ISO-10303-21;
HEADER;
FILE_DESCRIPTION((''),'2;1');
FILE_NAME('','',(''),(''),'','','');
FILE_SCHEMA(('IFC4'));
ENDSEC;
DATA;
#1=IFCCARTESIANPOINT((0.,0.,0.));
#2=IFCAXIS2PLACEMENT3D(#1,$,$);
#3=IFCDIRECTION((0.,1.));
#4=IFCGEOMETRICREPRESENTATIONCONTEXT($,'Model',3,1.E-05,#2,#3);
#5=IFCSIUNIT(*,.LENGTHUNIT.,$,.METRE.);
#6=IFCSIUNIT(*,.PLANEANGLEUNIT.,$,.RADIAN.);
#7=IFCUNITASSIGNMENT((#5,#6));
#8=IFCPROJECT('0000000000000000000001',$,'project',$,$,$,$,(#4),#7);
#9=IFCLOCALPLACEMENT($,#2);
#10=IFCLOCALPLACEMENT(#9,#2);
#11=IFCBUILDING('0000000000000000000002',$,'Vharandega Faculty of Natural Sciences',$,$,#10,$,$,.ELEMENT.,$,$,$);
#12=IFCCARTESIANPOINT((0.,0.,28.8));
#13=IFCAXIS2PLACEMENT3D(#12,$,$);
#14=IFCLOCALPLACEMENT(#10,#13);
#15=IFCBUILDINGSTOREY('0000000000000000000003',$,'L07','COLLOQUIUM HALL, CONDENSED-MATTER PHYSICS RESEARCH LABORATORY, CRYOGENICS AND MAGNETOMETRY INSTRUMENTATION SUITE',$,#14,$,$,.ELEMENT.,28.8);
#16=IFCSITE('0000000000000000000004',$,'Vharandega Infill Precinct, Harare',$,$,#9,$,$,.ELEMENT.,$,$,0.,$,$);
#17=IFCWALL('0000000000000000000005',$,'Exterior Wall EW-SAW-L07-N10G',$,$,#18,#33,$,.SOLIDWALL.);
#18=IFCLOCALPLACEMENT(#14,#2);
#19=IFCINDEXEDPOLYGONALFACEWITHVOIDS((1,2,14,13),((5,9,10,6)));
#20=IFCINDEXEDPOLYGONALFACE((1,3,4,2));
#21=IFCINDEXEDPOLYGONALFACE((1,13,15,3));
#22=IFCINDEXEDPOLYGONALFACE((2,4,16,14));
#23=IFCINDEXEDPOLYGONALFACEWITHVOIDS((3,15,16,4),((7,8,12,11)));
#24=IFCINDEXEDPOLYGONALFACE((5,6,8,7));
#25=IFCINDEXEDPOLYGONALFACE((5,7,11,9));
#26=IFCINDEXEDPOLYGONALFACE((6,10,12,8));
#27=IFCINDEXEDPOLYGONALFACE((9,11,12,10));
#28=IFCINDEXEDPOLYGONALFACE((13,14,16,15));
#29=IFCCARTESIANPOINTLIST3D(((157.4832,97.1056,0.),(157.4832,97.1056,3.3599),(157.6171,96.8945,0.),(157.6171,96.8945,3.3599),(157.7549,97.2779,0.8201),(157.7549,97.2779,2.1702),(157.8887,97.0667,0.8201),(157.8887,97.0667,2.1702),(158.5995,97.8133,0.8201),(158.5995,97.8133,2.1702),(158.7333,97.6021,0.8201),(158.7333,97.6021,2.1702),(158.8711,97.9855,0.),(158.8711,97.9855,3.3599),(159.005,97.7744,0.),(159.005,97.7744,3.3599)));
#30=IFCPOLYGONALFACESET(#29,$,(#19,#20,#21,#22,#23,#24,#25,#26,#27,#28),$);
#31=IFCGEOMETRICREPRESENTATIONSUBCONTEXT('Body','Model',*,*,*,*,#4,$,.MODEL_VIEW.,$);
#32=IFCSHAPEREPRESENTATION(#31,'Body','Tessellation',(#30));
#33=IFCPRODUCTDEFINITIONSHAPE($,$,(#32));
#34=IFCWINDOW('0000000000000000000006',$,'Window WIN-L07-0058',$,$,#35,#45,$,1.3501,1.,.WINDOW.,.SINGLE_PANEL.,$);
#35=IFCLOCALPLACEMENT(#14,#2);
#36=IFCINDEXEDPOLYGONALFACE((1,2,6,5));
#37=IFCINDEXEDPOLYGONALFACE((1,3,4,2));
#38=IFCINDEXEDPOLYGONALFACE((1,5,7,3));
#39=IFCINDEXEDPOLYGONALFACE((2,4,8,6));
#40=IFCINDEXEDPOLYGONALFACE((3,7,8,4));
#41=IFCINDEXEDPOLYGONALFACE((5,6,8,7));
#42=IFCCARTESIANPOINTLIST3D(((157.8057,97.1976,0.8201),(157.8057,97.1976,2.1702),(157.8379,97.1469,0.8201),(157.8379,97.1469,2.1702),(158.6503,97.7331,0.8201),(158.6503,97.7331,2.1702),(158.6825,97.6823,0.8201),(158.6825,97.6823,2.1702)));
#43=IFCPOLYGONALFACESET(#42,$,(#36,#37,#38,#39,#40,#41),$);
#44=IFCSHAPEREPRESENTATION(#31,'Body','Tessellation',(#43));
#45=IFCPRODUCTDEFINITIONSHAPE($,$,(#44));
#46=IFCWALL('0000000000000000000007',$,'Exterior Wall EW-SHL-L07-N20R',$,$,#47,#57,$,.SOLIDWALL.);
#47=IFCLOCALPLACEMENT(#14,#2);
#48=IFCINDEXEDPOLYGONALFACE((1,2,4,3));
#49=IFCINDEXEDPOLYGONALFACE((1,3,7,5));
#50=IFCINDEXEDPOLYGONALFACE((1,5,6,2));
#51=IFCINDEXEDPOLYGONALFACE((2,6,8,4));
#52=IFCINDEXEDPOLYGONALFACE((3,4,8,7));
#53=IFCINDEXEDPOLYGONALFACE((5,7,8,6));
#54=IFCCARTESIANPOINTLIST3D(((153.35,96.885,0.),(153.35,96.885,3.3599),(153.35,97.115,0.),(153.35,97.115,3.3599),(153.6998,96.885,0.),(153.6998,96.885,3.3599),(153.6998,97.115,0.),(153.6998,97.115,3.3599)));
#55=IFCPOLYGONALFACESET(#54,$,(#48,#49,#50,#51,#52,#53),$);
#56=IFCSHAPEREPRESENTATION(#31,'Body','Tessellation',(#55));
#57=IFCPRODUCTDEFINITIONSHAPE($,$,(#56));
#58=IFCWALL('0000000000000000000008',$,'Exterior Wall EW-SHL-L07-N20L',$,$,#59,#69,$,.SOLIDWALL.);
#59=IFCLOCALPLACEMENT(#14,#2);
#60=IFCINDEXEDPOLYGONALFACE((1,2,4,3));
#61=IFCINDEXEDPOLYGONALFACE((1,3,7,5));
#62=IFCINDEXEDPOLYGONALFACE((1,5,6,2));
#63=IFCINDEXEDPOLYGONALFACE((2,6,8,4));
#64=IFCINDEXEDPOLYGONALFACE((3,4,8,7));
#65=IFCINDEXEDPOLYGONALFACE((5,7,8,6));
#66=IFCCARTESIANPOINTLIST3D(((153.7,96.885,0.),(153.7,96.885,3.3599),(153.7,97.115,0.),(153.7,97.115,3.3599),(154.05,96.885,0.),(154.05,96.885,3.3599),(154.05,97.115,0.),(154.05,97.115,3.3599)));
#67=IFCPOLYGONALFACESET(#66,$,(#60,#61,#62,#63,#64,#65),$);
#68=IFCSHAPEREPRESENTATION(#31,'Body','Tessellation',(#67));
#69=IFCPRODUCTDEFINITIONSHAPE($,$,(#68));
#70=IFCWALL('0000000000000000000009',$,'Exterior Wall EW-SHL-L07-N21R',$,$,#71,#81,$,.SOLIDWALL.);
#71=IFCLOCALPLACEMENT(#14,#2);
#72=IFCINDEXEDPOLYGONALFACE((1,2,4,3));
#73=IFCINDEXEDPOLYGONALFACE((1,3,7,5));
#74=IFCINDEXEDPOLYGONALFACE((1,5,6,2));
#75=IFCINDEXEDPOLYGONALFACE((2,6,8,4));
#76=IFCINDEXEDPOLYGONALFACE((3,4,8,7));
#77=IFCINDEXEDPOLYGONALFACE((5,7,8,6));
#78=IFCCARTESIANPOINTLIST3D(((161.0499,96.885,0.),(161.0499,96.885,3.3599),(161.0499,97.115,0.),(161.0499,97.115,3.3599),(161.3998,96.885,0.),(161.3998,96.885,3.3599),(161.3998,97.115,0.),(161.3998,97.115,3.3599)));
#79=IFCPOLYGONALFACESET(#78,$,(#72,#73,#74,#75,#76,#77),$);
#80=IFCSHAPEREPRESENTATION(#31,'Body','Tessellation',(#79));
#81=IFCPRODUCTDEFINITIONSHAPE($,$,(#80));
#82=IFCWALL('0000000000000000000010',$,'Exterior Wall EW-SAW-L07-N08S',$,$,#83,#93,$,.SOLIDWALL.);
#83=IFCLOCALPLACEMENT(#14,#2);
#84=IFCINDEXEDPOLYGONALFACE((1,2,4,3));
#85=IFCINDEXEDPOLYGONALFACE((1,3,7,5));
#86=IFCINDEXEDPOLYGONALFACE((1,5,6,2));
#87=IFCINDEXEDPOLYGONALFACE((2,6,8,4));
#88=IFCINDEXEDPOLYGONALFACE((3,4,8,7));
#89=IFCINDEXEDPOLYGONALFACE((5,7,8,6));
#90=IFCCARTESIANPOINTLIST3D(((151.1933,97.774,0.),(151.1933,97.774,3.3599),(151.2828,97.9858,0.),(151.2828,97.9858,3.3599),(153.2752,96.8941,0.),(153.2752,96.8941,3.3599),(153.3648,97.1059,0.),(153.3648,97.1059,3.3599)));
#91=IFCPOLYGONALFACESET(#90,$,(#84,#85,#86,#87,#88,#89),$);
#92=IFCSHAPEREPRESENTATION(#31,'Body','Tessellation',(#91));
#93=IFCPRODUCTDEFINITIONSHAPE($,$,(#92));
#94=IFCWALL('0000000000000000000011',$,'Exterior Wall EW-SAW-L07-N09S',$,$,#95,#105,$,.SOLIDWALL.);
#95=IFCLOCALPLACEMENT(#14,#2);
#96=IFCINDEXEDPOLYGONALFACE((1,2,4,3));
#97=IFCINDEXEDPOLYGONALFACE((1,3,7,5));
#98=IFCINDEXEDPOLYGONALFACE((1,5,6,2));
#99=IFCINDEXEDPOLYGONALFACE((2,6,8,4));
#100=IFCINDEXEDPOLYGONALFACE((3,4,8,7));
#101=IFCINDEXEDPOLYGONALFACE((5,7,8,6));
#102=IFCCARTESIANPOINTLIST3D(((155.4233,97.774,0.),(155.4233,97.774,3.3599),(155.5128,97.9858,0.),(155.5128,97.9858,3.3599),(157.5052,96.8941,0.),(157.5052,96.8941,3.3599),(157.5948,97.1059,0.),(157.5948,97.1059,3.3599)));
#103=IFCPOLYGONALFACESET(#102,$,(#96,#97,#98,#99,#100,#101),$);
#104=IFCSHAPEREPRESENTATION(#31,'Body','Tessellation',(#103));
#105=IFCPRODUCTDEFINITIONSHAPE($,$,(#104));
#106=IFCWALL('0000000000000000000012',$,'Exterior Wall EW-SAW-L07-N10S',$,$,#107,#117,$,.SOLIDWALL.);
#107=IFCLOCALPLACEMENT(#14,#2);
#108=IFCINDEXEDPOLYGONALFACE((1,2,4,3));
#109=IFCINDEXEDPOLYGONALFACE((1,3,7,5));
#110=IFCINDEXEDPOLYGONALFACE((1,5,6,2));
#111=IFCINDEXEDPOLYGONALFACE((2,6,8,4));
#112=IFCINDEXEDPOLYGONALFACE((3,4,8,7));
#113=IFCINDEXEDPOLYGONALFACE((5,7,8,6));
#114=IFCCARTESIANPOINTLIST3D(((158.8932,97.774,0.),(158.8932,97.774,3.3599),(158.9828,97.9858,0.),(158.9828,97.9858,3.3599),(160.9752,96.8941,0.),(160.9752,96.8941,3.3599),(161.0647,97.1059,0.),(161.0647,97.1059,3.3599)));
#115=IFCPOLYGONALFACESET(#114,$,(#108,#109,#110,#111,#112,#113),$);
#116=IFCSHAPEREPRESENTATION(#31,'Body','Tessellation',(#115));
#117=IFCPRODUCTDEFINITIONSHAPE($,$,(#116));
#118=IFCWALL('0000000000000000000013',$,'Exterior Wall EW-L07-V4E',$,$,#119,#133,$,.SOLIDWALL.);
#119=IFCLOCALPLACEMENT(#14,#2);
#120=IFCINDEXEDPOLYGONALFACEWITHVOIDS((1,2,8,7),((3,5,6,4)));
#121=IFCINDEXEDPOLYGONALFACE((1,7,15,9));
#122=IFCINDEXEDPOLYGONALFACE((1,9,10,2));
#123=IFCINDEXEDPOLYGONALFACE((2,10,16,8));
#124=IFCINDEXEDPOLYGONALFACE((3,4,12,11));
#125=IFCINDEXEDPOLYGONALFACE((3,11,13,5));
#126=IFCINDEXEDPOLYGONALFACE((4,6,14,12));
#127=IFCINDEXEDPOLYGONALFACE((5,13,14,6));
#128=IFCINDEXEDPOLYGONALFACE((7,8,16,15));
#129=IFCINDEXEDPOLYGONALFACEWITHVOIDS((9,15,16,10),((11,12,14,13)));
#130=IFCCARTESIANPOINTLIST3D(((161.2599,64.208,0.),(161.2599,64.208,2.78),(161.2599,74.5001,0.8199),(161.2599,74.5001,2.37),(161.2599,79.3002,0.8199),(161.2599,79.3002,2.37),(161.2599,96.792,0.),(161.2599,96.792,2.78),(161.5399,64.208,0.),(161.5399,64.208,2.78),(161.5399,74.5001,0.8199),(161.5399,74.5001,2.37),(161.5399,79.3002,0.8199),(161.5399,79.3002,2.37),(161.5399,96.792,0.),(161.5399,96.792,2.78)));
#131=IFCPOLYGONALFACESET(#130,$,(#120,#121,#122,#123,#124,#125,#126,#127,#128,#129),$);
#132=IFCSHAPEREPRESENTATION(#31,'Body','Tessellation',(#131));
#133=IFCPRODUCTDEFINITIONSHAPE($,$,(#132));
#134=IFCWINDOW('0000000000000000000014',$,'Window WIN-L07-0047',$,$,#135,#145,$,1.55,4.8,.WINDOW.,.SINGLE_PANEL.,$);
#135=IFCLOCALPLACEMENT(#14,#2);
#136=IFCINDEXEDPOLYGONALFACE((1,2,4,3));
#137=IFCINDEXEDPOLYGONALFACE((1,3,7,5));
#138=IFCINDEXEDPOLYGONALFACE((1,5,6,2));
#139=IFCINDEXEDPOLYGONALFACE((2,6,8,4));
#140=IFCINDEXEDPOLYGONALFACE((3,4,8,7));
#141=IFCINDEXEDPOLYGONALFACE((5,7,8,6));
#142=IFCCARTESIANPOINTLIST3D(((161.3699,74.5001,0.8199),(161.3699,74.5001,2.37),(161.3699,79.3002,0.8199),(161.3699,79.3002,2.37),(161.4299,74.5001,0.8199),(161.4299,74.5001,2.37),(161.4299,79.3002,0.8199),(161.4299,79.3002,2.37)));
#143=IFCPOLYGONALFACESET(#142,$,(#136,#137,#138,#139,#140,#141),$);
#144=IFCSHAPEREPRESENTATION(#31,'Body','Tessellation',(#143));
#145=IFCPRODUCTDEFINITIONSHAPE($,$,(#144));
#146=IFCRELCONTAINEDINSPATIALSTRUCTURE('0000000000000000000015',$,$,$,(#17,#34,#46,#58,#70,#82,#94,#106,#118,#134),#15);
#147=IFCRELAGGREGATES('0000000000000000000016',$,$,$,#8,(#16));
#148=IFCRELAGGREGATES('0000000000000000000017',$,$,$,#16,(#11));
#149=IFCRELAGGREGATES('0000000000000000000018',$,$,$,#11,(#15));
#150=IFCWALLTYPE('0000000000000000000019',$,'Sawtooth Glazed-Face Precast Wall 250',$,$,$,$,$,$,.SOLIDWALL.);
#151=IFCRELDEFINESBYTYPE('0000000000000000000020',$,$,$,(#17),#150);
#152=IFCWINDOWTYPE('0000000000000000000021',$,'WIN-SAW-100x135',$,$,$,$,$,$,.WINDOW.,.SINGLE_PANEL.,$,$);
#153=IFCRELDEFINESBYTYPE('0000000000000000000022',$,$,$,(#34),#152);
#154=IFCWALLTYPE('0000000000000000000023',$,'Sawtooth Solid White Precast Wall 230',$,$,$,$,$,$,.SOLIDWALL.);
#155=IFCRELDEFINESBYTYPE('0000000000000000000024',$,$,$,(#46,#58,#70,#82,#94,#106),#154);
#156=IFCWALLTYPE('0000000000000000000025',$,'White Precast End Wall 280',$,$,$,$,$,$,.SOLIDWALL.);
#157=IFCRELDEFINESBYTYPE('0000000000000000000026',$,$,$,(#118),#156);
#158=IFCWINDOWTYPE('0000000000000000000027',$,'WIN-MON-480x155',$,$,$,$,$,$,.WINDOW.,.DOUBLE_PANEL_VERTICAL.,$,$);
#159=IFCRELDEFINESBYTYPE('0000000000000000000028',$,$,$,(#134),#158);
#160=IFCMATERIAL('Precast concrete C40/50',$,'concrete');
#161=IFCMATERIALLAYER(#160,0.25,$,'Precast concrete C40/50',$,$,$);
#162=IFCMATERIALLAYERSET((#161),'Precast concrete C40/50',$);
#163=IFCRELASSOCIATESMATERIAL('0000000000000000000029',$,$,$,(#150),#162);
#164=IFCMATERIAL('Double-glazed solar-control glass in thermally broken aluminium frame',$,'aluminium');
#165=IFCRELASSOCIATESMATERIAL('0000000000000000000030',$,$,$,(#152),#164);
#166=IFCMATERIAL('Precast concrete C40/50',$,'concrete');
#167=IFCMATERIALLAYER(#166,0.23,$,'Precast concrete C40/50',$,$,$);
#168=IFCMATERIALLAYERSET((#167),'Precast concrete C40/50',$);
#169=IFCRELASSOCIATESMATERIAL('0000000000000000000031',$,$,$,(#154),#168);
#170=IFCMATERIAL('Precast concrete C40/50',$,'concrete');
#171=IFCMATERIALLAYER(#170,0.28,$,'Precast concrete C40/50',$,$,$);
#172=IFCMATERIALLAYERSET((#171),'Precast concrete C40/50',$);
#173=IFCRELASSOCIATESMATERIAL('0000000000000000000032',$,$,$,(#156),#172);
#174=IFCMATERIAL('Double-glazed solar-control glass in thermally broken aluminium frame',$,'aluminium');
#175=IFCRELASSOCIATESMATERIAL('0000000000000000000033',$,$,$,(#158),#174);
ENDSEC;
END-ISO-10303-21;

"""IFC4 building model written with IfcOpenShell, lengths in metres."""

from ifc_helpers import new_model, si_unit, direction, frame, frame_2d, origin, place, context, subcontext, project, spatial, rectangle, extrude, material, layer, layer_set, type_object, element, fill, save


model = new_model("IFC4")

# Units and contexts
model_context = context("Model", 3, precision=1e-05, world=origin(), true_north=direction((0.0, 1.0)))
body_context = subcontext(model_context, "Body", "Model", "MODEL_VIEW")
ifc_project = project(units=[si_unit("LENGTHUNIT", "METRE"), si_unit("PLANEANGLEUNIT", "RADIAN")], contexts=[model_context])

# Site, building, storey
site_placement = place(None, origin())
site = spatial("IfcSite", under=ifc_project, at=site_placement, Name="Vharandega Infill Precinct, Harare", CompositionType="ELEMENT", RefElevation=0.0)
building_placement = place(site_placement, origin())
building = spatial("IfcBuilding", under=site, at=building_placement, Name="Vharandega Faculty of Natural Sciences", CompositionType="ELEMENT")
storey_placement = place(building_placement, frame((0.0, 0.0, 28.8)))
storey = spatial("IfcBuildingStorey", under=building, at=storey_placement, Name="L07", Description="COLLOQUIUM HALL, CONDENSED-MATTER PHYSICS RESEARCH LABORATORY, CRYOGENICS AND MAGNETOMETRY INSTRUMENTATION SUITE", CompositionType="ELEMENT", Elevation=28.8)

# Wall, opening, window
ifc_material_1 = material(Name="Precast concrete C40/50", Category="concrete")
ifc_layer_1 = layer(ifc_material_1, 0.25, Name="Precast concrete C40/50")
ifc_layer_set_1 = layer_set([ifc_layer_1], Name="Precast concrete C40/50")
wall_type_1 = type_object("IfcWallType", Name="Sawtooth Glazed-Face Precast Wall 250", PredefinedType="SOLIDWALL", material=ifc_layer_set_1)
wall_1_placement = place(storey_placement, frame((157.55, 97.0, 0.0), z_axis=(0.0, 0.0, 1.0), x_axis=(0.844584, 0.535423, 0.0)))
wall_1 = element("IfcWall", 1, at=wall_1_placement, inside=storey, type_object=wall_type_1, Name="Exterior Wall EW-SAW-L07-N10G", PredefinedType="SOLIDWALL", context=body_context, shape_type="SweptSolid", body=[
    extrude(rectangle(XDim=1.6433, YDim=0.25, at=frame_2d((0.8218, 0.0))), origin(), (0.0, 0.0, 1.0), 3.3599),
])
opening_1_placement = place(wall_1_placement, frame((0.3218, 0.0, 0.8201)))
opening_1 = element("IfcOpeningElement", 2, at=opening_1_placement, cuts=wall_1, PredefinedType="OPENING", context=body_context, shape_type="SweptSolid", body=[
    extrude(rectangle(XDim=1.0, YDim=1.3501, at=frame_2d((0.5, 0.675))), frame((0.0, 0.135, 0.0), z_axis=(0.0, -1.0, 0.0), x_axis=(1.0, 0.0, 0.0)), (0.0, 0.0, 1.0), 0.27),
])
ifc_material_2 = material(Name="Double-glazed solar-control glass in thermally broken aluminium frame", Category="aluminium")
window_type_1 = type_object("IfcWindowType", Name="WIN-SAW-100x135", PartitioningType="SINGLE_PANEL", PredefinedType="WINDOW", material=ifc_material_2)
window_1_placement = place(opening_1_placement, origin())
window_1 = element("IfcWindow", 3, at=window_1_placement, inside=storey, type_object=window_type_1, Name="Window WIN-L07-0058", OverallHeight=1.3501, OverallWidth=1.0, PartitioningType="SINGLE_PANEL", PredefinedType="WINDOW", context=body_context, shape_type="SweptSolid", body=[
    extrude(rectangle(XDim=1.0, YDim=1.3501, at=frame_2d((0.5, 0.675))), frame((0.0, 0.03, 0.0), z_axis=(0.0, -1.0, 0.0), x_axis=(1.0, 0.0, 0.0)), (0.0, 0.0, 1.0), 0.0601),
])
fill(opening_1, window_1)

# Walls
ifc_material_3 = material(Name="Precast concrete C40/50", Category="concrete")
ifc_layer_2 = layer(ifc_material_3, 0.23, Name="Precast concrete C40/50")
ifc_layer_set_2 = layer_set([ifc_layer_2], Name="Precast concrete C40/50")
wall_type_2 = type_object("IfcWallType", Name="Sawtooth Solid White Precast Wall 230", PredefinedType="SOLIDWALL", material=ifc_layer_set_2)
wall_2_placement = place(storey_placement, frame((153.3501, 97.0, 0.0), z_axis=(0.0, 0.0, 1.0), x_axis=(1.0, 0.0, 0.0)))
element("IfcWall", 4, at=wall_2_placement, inside=storey, type_object=wall_type_2, Name="Exterior Wall EW-SHL-L07-N20R", PredefinedType="SOLIDWALL", context=body_context, shape_type="SweptSolid", body=[
    extrude(rectangle(XDim=0.3499, YDim=0.23, at=frame_2d((0.1748, 0.0))), origin(), (0.0, 0.0, 1.0), 3.3599),
])
wall_3_placement = place(storey_placement, frame((153.7, 97.0, 0.0), z_axis=(0.0, 0.0, 1.0), x_axis=(1.0, 0.0, 0.0)))
element("IfcWall", 5, at=wall_3_placement, inside=storey, type_object=wall_type_2, Name="Exterior Wall EW-SHL-L07-N20L", PredefinedType="SOLIDWALL", context=body_context, shape_type="SweptSolid", body=[
    extrude(rectangle(XDim=0.3501, YDim=0.23, at=frame_2d((0.175, 0.0))), origin(), (0.0, 0.0, 1.0), 3.3599),
])
wall_4_placement = place(storey_placement, frame((161.05, 97.0, 0.0), z_axis=(0.0, 0.0, 1.0), x_axis=(1.0, 0.0, 0.0)))
element("IfcWall", 6, at=wall_4_placement, inside=storey, type_object=wall_type_2, Name="Exterior Wall EW-SHL-L07-N21R", PredefinedType="SOLIDWALL", context=body_context, shape_type="SweptSolid", body=[
    extrude(rectangle(XDim=0.3499, YDim=0.23, at=frame_2d((0.1748, 0.0))), origin(), (0.0, 0.0, 1.0), 3.3599),
])
for number, where, z_axis, x_axis, name in (
    (7, (151.238, 97.8799, 0.0), (0.0, 0.0, 1.0), (0.921122, -0.389274, 0.0), "Exterior Wall EW-SAW-L07-N08S"),
    (8, (155.468, 97.8799, 0.0), (0.0, 0.0, 1.0), (0.921122, -0.389274, 0.0), "Exterior Wall EW-SAW-L07-N09S"),
    (9, (158.938, 97.8799, 0.0), (0.0, 0.0, 1.0), (0.921122, -0.389274, 0.0), "Exterior Wall EW-SAW-L07-N10S"),
):
    element("IfcWall", number, at=place(storey_placement, frame(where, z_axis=z_axis, x_axis=x_axis)), inside=storey, type_object=wall_type_2, Name=name, PredefinedType="SOLIDWALL", context=body_context, shape_type="SweptSolid", body=[
        extrude(rectangle(XDim=2.2603, YDim=0.23, at=frame_2d((1.1301, 0.0))), origin(), (0.0, 0.0, 1.0), 3.3599),
    ])

# Wall, opening, window
ifc_material_4 = material(Name="Precast concrete C40/50", Category="concrete")
ifc_layer_3 = layer(ifc_material_4, 0.28, Name="Precast concrete C40/50")
ifc_layer_set_3 = layer_set([ifc_layer_3], Name="Precast concrete C40/50")
wall_type_3 = type_object("IfcWallType", Name="White Precast End Wall 280", PredefinedType="SOLIDWALL", material=ifc_layer_set_3)
wall_5_placement = place(storey_placement, frame((161.3999, 96.792, 0.0), z_axis=(0.0, 0.0, 1.0), x_axis=(0.0, -1.0, 0.0)))
wall_5 = element("IfcWall", 10, at=wall_5_placement, inside=storey, type_object=wall_type_3, Name="Exterior Wall EW-L07-V4E", PredefinedType="SOLIDWALL", context=body_context, shape_type="SweptSolid", body=[
    extrude(rectangle(XDim=32.584, YDim=0.28, at=frame_2d((16.292, 0.0))), origin(), (0.0, 0.0, 1.0), 2.78),
])
opening_2_placement = place(wall_5_placement, frame((17.4919, 0.0, 0.8201)))
opening_2 = element("IfcOpeningElement", 11, at=opening_2_placement, cuts=wall_5, PredefinedType="OPENING", context=body_context, shape_type="SweptSolid", body=[
    extrude(rectangle(XDim=4.8, YDim=1.55, at=frame_2d((2.3999, 0.7749))), frame((0.0, 0.1499, 0.0), z_axis=(0.0, -1.0, 0.0), x_axis=(1.0, 0.0, 0.0)), (0.0, 0.0, 1.0), 0.3),
])
ifc_material_5 = material(Name="Double-glazed solar-control glass in thermally broken aluminium frame", Category="aluminium")
window_type_2 = type_object("IfcWindowType", Name="WIN-MON-480x155", PartitioningType="DOUBLE_PANEL_VERTICAL", PredefinedType="WINDOW", material=ifc_material_5)
window_2_placement = place(opening_2_placement, origin())
window_2 = element("IfcWindow", 12, at=window_2_placement, inside=storey, type_object=window_type_2, Name="Window WIN-L07-0047", OverallHeight=1.55, OverallWidth=4.8, PartitioningType="SINGLE_PANEL", PredefinedType="WINDOW", context=body_context, shape_type="SweptSolid", body=[
    extrude(rectangle(XDim=4.8, YDim=1.55, at=frame_2d((2.3999, 0.7749))), frame((0.0, 0.03, 0.0), z_axis=(0.0, -1.0, 0.0), x_axis=(1.0, 0.0, 0.0)), (0.0, 0.0, 1.0), 0.0601),
])
fill(opening_2, window_2)

save(model, "model.ifc")
